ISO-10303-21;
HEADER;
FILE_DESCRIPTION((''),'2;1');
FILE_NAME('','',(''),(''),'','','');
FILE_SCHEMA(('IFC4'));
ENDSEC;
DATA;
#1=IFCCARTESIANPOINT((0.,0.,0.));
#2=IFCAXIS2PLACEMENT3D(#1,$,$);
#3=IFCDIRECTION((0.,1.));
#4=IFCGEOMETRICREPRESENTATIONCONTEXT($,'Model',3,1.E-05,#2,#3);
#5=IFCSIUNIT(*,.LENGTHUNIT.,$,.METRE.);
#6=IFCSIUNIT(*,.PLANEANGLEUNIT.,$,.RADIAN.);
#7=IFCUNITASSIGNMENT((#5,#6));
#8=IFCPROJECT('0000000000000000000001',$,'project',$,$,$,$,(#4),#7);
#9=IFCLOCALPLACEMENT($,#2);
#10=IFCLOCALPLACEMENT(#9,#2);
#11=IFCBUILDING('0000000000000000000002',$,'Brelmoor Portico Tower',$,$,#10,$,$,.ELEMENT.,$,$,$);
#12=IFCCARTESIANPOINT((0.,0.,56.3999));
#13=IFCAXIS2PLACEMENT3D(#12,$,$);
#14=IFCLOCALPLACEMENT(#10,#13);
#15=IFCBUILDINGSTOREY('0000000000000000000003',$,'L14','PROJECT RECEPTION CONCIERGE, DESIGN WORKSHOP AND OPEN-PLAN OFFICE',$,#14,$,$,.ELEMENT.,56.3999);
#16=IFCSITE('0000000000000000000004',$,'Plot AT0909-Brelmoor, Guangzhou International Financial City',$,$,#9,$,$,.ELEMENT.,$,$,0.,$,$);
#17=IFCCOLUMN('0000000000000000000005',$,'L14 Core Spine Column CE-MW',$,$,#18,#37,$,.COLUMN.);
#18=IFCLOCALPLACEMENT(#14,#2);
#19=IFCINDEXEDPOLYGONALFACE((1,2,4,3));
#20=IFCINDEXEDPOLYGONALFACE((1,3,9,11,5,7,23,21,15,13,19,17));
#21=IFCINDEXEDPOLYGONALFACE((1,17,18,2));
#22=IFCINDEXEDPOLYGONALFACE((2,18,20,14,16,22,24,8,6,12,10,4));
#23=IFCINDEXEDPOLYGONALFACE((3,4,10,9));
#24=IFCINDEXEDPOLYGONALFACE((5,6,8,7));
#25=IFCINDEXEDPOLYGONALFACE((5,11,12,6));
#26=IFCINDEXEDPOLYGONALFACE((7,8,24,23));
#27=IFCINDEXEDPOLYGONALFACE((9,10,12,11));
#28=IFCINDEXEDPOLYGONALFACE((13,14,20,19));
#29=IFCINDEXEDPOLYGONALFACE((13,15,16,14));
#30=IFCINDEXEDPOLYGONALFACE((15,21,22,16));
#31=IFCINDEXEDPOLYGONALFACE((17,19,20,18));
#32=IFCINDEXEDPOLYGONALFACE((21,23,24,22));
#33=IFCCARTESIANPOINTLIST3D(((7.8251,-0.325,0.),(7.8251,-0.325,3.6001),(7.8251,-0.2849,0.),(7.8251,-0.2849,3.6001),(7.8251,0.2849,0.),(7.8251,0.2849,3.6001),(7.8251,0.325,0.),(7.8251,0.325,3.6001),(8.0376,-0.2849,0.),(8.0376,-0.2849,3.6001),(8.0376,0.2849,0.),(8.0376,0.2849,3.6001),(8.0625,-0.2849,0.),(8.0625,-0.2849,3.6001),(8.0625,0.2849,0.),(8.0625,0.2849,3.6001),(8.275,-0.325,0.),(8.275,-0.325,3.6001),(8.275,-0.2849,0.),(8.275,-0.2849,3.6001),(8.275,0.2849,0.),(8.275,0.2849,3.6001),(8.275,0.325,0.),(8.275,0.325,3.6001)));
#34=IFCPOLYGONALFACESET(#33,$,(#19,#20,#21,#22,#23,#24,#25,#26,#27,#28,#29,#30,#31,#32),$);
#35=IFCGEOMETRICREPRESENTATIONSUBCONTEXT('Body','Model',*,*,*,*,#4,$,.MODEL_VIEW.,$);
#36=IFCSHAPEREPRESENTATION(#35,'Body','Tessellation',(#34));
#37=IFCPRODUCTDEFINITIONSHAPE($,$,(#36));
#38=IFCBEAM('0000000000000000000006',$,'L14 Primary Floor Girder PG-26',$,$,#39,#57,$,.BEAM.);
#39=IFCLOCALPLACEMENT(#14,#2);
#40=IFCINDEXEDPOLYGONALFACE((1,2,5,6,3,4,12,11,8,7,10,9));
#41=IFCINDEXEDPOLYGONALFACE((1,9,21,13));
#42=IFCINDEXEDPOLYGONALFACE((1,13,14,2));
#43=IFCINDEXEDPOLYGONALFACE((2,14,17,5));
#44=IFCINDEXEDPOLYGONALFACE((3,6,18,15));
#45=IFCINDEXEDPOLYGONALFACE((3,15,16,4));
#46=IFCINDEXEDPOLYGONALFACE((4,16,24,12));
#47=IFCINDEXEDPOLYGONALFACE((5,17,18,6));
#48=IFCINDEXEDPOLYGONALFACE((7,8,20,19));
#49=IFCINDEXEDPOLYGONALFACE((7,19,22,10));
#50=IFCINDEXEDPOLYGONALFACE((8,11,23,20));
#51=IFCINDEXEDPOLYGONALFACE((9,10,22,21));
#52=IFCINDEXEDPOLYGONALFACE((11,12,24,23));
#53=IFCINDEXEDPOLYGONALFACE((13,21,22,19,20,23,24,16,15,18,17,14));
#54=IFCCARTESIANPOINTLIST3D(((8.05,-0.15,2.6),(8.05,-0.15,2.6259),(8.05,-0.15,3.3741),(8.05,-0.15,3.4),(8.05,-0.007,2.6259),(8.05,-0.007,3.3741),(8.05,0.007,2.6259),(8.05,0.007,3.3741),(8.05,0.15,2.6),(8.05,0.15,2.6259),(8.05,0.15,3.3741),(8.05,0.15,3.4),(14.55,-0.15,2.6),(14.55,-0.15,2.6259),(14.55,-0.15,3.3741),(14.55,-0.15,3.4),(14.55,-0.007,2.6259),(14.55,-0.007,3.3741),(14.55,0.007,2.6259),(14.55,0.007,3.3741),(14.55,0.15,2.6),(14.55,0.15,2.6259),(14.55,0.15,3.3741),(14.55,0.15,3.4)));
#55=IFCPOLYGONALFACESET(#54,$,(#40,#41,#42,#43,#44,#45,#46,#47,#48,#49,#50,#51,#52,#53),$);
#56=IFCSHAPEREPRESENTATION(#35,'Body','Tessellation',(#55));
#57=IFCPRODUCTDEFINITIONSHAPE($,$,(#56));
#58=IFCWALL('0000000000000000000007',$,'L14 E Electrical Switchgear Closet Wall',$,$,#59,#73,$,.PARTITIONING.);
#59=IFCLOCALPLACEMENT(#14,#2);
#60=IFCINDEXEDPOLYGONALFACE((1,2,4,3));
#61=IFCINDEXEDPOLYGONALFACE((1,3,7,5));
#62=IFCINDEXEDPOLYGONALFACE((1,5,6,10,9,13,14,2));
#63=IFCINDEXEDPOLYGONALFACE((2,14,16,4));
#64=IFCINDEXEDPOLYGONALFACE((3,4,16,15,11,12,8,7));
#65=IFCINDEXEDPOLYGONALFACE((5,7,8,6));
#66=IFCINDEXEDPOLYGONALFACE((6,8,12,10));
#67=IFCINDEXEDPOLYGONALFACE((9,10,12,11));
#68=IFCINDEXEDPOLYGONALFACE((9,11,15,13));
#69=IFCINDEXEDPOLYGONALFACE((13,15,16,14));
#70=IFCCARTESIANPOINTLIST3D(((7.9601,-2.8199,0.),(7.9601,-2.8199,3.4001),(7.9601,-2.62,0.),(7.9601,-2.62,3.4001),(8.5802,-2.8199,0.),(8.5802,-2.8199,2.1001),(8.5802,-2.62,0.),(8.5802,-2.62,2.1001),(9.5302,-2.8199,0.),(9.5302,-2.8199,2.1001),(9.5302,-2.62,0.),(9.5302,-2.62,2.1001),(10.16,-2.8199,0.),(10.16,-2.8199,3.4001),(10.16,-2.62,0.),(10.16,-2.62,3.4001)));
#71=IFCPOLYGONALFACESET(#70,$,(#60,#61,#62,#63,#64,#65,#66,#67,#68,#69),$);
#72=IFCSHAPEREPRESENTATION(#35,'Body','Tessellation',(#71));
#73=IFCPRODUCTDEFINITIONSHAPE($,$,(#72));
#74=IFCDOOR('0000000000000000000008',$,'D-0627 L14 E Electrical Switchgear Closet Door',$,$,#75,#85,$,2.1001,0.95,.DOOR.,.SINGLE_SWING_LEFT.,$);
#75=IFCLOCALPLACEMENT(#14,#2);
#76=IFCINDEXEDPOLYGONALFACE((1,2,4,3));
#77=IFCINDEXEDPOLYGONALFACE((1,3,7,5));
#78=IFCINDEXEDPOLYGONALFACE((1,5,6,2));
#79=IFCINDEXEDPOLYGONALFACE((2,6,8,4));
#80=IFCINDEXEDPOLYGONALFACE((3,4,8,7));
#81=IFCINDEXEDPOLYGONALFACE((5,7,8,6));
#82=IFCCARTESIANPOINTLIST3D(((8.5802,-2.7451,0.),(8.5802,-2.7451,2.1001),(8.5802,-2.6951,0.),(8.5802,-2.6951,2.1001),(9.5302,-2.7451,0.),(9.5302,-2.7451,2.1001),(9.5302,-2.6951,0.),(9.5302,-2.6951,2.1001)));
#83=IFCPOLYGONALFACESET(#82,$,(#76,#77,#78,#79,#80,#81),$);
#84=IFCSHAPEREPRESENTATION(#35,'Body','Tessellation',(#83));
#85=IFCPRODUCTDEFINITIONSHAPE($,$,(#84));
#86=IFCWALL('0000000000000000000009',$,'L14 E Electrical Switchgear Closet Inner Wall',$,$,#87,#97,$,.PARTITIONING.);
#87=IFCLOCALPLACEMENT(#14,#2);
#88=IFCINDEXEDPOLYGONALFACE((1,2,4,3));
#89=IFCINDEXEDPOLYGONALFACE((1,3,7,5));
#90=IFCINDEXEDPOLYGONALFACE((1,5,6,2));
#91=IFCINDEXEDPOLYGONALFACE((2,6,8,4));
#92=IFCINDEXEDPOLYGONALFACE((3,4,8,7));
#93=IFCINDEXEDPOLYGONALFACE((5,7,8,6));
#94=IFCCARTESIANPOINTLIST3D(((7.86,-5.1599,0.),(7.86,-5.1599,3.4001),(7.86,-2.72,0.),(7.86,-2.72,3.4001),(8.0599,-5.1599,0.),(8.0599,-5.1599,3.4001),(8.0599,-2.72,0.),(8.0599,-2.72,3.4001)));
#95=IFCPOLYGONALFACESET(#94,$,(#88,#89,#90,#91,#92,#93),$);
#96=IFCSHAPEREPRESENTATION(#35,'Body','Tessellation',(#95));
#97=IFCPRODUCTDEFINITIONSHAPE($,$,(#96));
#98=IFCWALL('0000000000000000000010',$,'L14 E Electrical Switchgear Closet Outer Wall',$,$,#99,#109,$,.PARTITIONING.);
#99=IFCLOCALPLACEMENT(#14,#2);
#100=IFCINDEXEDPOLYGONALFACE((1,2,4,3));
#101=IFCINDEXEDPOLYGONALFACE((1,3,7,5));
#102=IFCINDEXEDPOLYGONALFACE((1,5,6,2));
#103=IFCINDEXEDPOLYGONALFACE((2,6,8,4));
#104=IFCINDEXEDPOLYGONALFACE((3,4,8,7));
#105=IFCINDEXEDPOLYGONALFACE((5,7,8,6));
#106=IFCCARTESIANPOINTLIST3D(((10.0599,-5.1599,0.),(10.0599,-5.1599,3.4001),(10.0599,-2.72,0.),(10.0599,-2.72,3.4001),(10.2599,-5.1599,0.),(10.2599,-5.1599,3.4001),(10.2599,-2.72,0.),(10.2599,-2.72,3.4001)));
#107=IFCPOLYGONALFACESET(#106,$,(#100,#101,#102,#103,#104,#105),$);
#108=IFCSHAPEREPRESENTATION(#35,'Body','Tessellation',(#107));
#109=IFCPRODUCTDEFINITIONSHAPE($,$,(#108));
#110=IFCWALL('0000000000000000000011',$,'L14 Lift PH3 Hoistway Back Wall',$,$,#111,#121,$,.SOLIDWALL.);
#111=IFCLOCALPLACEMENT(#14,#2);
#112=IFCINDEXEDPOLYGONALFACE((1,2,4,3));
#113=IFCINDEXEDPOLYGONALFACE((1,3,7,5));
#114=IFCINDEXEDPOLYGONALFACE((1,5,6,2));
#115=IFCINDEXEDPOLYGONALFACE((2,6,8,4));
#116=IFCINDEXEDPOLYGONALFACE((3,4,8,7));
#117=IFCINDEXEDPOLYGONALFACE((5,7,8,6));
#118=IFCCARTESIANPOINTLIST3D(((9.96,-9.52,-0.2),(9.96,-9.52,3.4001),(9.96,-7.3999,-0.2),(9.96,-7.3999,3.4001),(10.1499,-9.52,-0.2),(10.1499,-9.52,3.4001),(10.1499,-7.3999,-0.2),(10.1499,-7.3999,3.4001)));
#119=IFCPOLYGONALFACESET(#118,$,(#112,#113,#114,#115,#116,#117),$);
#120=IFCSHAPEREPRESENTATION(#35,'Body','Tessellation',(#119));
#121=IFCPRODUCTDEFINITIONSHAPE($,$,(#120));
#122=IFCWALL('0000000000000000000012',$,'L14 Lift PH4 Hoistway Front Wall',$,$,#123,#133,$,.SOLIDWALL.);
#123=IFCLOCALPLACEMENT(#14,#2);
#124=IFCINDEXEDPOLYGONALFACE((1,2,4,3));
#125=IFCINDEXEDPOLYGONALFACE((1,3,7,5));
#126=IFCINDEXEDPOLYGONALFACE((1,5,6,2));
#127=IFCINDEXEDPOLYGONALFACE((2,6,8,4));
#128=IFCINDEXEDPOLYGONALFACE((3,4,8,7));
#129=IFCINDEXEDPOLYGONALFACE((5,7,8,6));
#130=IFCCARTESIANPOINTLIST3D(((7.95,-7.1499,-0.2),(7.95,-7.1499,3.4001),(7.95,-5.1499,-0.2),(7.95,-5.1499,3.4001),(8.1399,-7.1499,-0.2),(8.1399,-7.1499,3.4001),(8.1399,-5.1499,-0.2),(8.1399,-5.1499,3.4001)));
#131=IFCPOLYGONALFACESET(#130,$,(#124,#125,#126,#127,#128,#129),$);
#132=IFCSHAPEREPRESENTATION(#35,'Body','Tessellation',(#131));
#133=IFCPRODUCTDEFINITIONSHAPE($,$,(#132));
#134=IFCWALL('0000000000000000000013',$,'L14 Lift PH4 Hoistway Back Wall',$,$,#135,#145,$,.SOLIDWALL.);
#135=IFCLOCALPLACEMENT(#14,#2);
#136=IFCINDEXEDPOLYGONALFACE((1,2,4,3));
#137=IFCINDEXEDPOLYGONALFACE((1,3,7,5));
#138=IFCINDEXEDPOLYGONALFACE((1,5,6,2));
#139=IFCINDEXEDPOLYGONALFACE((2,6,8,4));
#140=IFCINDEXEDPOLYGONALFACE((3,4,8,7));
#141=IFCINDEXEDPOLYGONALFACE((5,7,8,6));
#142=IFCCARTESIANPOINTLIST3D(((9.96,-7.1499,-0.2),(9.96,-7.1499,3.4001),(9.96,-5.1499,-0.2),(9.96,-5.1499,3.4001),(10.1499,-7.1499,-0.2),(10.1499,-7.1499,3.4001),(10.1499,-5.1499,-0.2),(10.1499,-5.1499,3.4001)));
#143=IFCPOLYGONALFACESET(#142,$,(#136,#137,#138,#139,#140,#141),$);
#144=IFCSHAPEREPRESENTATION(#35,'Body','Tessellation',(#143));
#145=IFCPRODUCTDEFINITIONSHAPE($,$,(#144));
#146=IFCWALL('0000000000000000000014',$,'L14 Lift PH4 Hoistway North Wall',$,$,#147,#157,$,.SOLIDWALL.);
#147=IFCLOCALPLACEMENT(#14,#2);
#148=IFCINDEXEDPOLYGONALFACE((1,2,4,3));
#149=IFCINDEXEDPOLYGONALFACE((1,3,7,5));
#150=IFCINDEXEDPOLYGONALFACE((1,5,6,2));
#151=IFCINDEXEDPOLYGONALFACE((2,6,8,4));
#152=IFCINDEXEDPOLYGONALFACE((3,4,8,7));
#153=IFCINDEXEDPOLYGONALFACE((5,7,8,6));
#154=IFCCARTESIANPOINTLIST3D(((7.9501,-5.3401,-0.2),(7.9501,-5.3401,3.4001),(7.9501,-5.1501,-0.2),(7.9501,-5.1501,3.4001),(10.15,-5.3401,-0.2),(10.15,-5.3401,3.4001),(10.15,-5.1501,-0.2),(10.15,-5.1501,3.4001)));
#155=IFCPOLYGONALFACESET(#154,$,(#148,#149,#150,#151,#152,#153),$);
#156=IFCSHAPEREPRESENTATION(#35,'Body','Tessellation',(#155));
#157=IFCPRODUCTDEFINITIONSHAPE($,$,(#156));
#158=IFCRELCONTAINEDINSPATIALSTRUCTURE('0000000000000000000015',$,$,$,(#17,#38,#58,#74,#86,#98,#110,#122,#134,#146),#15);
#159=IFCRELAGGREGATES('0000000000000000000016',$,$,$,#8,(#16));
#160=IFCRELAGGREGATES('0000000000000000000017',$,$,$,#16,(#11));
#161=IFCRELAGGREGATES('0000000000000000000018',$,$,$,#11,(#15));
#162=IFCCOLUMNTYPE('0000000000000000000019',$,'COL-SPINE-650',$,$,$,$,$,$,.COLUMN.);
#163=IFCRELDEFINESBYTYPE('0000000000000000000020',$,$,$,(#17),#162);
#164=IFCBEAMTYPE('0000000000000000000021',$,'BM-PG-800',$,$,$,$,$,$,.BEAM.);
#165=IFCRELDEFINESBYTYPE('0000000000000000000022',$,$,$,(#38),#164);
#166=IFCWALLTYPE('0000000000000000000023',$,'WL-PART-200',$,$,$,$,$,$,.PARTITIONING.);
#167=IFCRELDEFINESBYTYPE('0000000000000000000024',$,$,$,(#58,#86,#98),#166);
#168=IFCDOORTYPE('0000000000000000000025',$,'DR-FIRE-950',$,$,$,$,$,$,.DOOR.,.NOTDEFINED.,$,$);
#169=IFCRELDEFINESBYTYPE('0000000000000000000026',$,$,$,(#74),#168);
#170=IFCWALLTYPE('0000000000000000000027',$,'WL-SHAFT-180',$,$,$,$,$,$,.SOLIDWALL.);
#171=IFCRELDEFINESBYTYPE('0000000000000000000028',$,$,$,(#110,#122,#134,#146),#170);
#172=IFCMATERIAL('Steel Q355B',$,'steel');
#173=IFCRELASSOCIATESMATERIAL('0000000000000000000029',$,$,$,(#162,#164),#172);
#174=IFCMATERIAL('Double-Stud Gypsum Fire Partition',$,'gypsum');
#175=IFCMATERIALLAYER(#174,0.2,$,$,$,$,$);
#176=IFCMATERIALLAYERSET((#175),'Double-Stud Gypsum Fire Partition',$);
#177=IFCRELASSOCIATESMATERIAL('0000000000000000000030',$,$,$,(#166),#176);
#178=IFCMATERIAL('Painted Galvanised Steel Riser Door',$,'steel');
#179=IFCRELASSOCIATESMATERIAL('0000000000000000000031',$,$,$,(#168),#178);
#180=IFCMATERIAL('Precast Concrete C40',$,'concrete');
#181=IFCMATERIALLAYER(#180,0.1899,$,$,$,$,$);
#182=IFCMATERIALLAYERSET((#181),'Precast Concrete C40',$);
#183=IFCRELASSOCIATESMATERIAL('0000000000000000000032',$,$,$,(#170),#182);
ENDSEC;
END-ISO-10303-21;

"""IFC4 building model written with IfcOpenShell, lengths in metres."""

from ifc_helpers import new_model, si_unit, direction, frame, frame_2d, origin, origin_2d, place, context, subcontext, project, spatial, rectangle, i_section, extrude, material, layer, layer_set, material_profile, profile_set, type_object, element, fill, save


model = new_model("IFC4")

# Units and contexts
model_context = context("Model", 3, precision=1e-05, world=origin(), true_north=direction((0.0, 1.0)))
body_context = subcontext(model_context, "Body", "Model", "MODEL_VIEW")
ifc_project = project(units=[si_unit("LENGTHUNIT", "METRE"), si_unit("PLANEANGLEUNIT", "RADIAN")], contexts=[model_context])

# Site, building, storey
site_placement = place(None, origin())
site = spatial("IfcSite", under=ifc_project, at=site_placement, Name="Plot AT0909-Brelmoor, Guangzhou International Financial City", CompositionType="ELEMENT", RefElevation=0.0)
building_placement = place(site_placement, origin())
building = spatial("IfcBuilding", under=site, at=building_placement, Name="Brelmoor Portico Tower", CompositionType="ELEMENT")
storey_placement = place(building_placement, frame((0.0, 0.0, 56.3999)))
storey = spatial("IfcBuildingStorey", under=building, at=storey_placement, Name="L14", Description="PROJECT RECEPTION CONCIERGE, DESIGN WORKSHOP AND OPEN-PLAN OFFICE", CompositionType="ELEMENT", Elevation=56.3999)

# Column
ifc_material_1 = material(Name="Steel Q355B", Category="steel")
ifc_material_profile_1 = material_profile(ifc_material_1, i_section(OverallWidth=0.45, OverallDepth=0.6499, WebThickness=0.0249, FlangeThickness=0.04, at=origin_2d()), Name="HW 650x450x25x40")
ifc_profile_set_1 = profile_set([ifc_material_profile_1], Name="Steel Q355B")
column_type = type_object("IfcColumnType", Name="COL-SPINE-650", PredefinedType="COLUMN", material=ifc_profile_set_1)
column_placement = place(storey_placement, frame((8.05, 0.0, 0.0), z_axis=(0.0, 0.0, 1.0), x_axis=(1.0, 0.0, 0.0)))
element("IfcColumn", 1, at=column_placement, inside=storey, type_object=column_type, Name="L14 Core Spine Column CE-MW", PredefinedType="COLUMN", context=body_context, shape_type="SweptSolid", body=[
    extrude(i_section(OverallWidth=0.45, OverallDepth=0.6499, WebThickness=0.0249, FlangeThickness=0.04, at=origin_2d()), origin(), (0.0, 0.0, 1.0), 3.6001),
])

# Beam
ifc_material_profile_2 = material_profile(ifc_material_1, i_section(OverallWidth=0.3, OverallDepth=0.8, WebThickness=0.0139, FlangeThickness=0.0259, at=origin_2d()), Name="HN 800x300x14x26")
ifc_profile_set_2 = profile_set([ifc_material_profile_2], Name="Steel Q355B")
beam_type = type_object("IfcBeamType", Name="BM-PG-800", PredefinedType="BEAM", material=ifc_profile_set_2)
beam_placement = place(storey_placement, frame((8.05, 0.0, 3.0), z_axis=(1.0, 0.0, 0.0), x_axis=(0.0, 1.0, 0.0)))
element("IfcBeam", 2, at=beam_placement, inside=storey, type_object=beam_type, Name="L14 Primary Floor Girder PG-26", PredefinedType="BEAM", context=body_context, shape_type="SweptSolid", body=[
    extrude(i_section(OverallWidth=0.3, OverallDepth=0.8, WebThickness=0.0139, FlangeThickness=0.0259, at=origin_2d()), origin(), (0.0, 0.0, 1.0), 6.5),
])

# Wall, opening, door
ifc_material_2 = material(Name="Double-Stud Gypsum Fire Partition", Category="gypsum")
ifc_layer_1 = layer(ifc_material_2, 0.2)
ifc_layer_set_1 = layer_set([ifc_layer_1], Name="Double-Stud Gypsum Fire Partition")
wall_type_1 = type_object("IfcWallType", Name="WL-PART-200", PredefinedType="PARTITIONING", material=ifc_layer_set_1)
wall_1_placement = place(storey_placement, frame((7.96, -2.72, 0.0), z_axis=(0.0, 0.0, 1.0), x_axis=(1.0, 0.0, 0.0)))
wall_1 = element("IfcWall", 3, at=wall_1_placement, inside=storey, type_object=wall_type_1, Name="L14 E Electrical Switchgear Closet Wall", PredefinedType="PARTITIONING", context=body_context, shape_type="SweptSolid", body=[
    extrude(rectangle(XDim=2.2, YDim=0.2, at=frame_2d((1.1001, 0.0))), origin(), (0.0, 0.0, 1.0), 3.4001),
])
opening_1_placement = place(wall_1_placement, frame((0.6201, 0.0, 0.0)))
opening_1 = element("IfcOpeningElement", 4, at=opening_1_placement, cuts=wall_1, PredefinedType="OPENING", context=body_context, shape_type="SweptSolid", body=[
    extrude(rectangle(XDim=0.95, YDim=2.1001, at=frame_2d((0.4751, 1.05))), frame((0.0, 0.1099, 0.0), z_axis=(0.0, -1.0, 0.0), x_axis=(1.0, 0.0, 0.0)), (0.0, 0.0, 1.0), 0.22),
])
ifc_material_3 = material(Name="Painted Galvanised Steel Riser Door", Category="steel")
door_type_1 = type_object("IfcDoorType", Name="DR-FIRE-950", OperationType="NOTDEFINED", PredefinedType="DOOR", material=ifc_material_3)
door_1_placement = place(opening_1_placement, origin())
door_1 = element("IfcDoor", 5, at=door_1_placement, inside=storey, type_object=door_type_1, Name="D-0627 L14 E Electrical Switchgear Closet Door", OperationType="SINGLE_SWING_LEFT", OverallHeight=2.1001, OverallWidth=0.95, PredefinedType="DOOR", context=body_context, shape_type="SweptSolid", body=[
    extrude(rectangle(XDim=0.95, YDim=2.1001, at=frame_2d((0.4751, 1.05))), frame((0.0, 0.0249, 0.0), z_axis=(0.0, -1.0, 0.0), x_axis=(1.0, 0.0, 0.0)), (0.0, 0.0, 1.0), 0.05),
])
fill(opening_1, door_1)

# Walls
for number, where, z_axis, x_axis, name in (
    (6, (7.96, -5.1599, 0.0), (0.0, 0.0, 1.0), (0.0, 1.0, 0.0), "L14 E Electrical Switchgear Closet Inner Wall"),
    (7, (10.1599, -5.1599, 0.0), (0.0, 0.0, 1.0), (0.0, 1.0, 0.0), "L14 E Electrical Switchgear Closet Outer Wall"),
):
    element("IfcWall", number, at=place(storey_placement, frame(where, z_axis=z_axis, x_axis=x_axis)), inside=storey, type_object=wall_type_1, Name=name, PredefinedType="PARTITIONING", context=body_context, shape_type="SweptSolid", body=[
        extrude(rectangle(XDim=2.4399, YDim=0.2, at=frame_2d((1.22, 0.0))), origin(), (0.0, 0.0, 1.0), 3.4001),
    ])
ifc_material_4 = material(Name="Precast Concrete C40", Category="concrete")
ifc_layer_2 = layer(ifc_material_4, 0.1899)
ifc_layer_set_2 = layer_set([ifc_layer_2], Name="Precast Concrete C40")
wall_type_2 = type_object("IfcWallType", Name="WL-SHAFT-180", PredefinedType="SOLIDWALL", material=ifc_layer_set_2)
wall_2_placement = place(storey_placement, frame((10.0549, -9.52, -0.2), z_axis=(0.0, 0.0, 1.0), x_axis=(0.0, 1.0, 0.0)))
element("IfcWall", 8, at=wall_2_placement, inside=storey, type_object=wall_type_2, Name="L14 Lift PH3 Hoistway Back Wall", PredefinedType="SOLIDWALL", context=body_context, shape_type="SweptSolid", body=[
    extrude(rectangle(XDim=2.1201, YDim=0.1899, at=frame_2d((1.0601, 0.0))), origin(), (0.0, 0.0, 1.0), 3.6001),
])
for number, where, z_axis, x_axis, name in (
    (9, (8.0449, -7.1499, -0.2), (0.0, 0.0, 1.0), (0.0, 1.0, 0.0), "L14 Lift PH4 Hoistway Front Wall"),
    (10, (10.0549, -7.1499, -0.2), (0.0, 0.0, 1.0), (0.0, 1.0, 0.0), "L14 Lift PH4 Hoistway Back Wall"),
):
    element("IfcWall", number, at=place(storey_placement, frame(where, z_axis=z_axis, x_axis=x_axis)), inside=storey, type_object=wall_type_2, Name=name, PredefinedType="SOLIDWALL", context=body_context, shape_type="SweptSolid", body=[
        extrude(rectangle(XDim=2.0, YDim=0.1899, at=frame_2d((1.0, 0.0))), origin(), (0.0, 0.0, 1.0), 3.6001),
    ])
wall_3_placement = place(storey_placement, frame((7.95, -5.2451, -0.2), z_axis=(0.0, 0.0, 1.0), x_axis=(1.0, 0.0, 0.0)))
element("IfcWall", 11, at=wall_3_placement, inside=storey, type_object=wall_type_2, Name="L14 Lift PH4 Hoistway North Wall", PredefinedType="SOLIDWALL", context=body_context, shape_type="SweptSolid", body=[
    extrude(rectangle(XDim=2.2, YDim=0.1899, at=frame_2d((1.1001, 0.0))), origin(), (0.0, 0.0, 1.0), 3.6001),
])

save(model, "model.ifc")
